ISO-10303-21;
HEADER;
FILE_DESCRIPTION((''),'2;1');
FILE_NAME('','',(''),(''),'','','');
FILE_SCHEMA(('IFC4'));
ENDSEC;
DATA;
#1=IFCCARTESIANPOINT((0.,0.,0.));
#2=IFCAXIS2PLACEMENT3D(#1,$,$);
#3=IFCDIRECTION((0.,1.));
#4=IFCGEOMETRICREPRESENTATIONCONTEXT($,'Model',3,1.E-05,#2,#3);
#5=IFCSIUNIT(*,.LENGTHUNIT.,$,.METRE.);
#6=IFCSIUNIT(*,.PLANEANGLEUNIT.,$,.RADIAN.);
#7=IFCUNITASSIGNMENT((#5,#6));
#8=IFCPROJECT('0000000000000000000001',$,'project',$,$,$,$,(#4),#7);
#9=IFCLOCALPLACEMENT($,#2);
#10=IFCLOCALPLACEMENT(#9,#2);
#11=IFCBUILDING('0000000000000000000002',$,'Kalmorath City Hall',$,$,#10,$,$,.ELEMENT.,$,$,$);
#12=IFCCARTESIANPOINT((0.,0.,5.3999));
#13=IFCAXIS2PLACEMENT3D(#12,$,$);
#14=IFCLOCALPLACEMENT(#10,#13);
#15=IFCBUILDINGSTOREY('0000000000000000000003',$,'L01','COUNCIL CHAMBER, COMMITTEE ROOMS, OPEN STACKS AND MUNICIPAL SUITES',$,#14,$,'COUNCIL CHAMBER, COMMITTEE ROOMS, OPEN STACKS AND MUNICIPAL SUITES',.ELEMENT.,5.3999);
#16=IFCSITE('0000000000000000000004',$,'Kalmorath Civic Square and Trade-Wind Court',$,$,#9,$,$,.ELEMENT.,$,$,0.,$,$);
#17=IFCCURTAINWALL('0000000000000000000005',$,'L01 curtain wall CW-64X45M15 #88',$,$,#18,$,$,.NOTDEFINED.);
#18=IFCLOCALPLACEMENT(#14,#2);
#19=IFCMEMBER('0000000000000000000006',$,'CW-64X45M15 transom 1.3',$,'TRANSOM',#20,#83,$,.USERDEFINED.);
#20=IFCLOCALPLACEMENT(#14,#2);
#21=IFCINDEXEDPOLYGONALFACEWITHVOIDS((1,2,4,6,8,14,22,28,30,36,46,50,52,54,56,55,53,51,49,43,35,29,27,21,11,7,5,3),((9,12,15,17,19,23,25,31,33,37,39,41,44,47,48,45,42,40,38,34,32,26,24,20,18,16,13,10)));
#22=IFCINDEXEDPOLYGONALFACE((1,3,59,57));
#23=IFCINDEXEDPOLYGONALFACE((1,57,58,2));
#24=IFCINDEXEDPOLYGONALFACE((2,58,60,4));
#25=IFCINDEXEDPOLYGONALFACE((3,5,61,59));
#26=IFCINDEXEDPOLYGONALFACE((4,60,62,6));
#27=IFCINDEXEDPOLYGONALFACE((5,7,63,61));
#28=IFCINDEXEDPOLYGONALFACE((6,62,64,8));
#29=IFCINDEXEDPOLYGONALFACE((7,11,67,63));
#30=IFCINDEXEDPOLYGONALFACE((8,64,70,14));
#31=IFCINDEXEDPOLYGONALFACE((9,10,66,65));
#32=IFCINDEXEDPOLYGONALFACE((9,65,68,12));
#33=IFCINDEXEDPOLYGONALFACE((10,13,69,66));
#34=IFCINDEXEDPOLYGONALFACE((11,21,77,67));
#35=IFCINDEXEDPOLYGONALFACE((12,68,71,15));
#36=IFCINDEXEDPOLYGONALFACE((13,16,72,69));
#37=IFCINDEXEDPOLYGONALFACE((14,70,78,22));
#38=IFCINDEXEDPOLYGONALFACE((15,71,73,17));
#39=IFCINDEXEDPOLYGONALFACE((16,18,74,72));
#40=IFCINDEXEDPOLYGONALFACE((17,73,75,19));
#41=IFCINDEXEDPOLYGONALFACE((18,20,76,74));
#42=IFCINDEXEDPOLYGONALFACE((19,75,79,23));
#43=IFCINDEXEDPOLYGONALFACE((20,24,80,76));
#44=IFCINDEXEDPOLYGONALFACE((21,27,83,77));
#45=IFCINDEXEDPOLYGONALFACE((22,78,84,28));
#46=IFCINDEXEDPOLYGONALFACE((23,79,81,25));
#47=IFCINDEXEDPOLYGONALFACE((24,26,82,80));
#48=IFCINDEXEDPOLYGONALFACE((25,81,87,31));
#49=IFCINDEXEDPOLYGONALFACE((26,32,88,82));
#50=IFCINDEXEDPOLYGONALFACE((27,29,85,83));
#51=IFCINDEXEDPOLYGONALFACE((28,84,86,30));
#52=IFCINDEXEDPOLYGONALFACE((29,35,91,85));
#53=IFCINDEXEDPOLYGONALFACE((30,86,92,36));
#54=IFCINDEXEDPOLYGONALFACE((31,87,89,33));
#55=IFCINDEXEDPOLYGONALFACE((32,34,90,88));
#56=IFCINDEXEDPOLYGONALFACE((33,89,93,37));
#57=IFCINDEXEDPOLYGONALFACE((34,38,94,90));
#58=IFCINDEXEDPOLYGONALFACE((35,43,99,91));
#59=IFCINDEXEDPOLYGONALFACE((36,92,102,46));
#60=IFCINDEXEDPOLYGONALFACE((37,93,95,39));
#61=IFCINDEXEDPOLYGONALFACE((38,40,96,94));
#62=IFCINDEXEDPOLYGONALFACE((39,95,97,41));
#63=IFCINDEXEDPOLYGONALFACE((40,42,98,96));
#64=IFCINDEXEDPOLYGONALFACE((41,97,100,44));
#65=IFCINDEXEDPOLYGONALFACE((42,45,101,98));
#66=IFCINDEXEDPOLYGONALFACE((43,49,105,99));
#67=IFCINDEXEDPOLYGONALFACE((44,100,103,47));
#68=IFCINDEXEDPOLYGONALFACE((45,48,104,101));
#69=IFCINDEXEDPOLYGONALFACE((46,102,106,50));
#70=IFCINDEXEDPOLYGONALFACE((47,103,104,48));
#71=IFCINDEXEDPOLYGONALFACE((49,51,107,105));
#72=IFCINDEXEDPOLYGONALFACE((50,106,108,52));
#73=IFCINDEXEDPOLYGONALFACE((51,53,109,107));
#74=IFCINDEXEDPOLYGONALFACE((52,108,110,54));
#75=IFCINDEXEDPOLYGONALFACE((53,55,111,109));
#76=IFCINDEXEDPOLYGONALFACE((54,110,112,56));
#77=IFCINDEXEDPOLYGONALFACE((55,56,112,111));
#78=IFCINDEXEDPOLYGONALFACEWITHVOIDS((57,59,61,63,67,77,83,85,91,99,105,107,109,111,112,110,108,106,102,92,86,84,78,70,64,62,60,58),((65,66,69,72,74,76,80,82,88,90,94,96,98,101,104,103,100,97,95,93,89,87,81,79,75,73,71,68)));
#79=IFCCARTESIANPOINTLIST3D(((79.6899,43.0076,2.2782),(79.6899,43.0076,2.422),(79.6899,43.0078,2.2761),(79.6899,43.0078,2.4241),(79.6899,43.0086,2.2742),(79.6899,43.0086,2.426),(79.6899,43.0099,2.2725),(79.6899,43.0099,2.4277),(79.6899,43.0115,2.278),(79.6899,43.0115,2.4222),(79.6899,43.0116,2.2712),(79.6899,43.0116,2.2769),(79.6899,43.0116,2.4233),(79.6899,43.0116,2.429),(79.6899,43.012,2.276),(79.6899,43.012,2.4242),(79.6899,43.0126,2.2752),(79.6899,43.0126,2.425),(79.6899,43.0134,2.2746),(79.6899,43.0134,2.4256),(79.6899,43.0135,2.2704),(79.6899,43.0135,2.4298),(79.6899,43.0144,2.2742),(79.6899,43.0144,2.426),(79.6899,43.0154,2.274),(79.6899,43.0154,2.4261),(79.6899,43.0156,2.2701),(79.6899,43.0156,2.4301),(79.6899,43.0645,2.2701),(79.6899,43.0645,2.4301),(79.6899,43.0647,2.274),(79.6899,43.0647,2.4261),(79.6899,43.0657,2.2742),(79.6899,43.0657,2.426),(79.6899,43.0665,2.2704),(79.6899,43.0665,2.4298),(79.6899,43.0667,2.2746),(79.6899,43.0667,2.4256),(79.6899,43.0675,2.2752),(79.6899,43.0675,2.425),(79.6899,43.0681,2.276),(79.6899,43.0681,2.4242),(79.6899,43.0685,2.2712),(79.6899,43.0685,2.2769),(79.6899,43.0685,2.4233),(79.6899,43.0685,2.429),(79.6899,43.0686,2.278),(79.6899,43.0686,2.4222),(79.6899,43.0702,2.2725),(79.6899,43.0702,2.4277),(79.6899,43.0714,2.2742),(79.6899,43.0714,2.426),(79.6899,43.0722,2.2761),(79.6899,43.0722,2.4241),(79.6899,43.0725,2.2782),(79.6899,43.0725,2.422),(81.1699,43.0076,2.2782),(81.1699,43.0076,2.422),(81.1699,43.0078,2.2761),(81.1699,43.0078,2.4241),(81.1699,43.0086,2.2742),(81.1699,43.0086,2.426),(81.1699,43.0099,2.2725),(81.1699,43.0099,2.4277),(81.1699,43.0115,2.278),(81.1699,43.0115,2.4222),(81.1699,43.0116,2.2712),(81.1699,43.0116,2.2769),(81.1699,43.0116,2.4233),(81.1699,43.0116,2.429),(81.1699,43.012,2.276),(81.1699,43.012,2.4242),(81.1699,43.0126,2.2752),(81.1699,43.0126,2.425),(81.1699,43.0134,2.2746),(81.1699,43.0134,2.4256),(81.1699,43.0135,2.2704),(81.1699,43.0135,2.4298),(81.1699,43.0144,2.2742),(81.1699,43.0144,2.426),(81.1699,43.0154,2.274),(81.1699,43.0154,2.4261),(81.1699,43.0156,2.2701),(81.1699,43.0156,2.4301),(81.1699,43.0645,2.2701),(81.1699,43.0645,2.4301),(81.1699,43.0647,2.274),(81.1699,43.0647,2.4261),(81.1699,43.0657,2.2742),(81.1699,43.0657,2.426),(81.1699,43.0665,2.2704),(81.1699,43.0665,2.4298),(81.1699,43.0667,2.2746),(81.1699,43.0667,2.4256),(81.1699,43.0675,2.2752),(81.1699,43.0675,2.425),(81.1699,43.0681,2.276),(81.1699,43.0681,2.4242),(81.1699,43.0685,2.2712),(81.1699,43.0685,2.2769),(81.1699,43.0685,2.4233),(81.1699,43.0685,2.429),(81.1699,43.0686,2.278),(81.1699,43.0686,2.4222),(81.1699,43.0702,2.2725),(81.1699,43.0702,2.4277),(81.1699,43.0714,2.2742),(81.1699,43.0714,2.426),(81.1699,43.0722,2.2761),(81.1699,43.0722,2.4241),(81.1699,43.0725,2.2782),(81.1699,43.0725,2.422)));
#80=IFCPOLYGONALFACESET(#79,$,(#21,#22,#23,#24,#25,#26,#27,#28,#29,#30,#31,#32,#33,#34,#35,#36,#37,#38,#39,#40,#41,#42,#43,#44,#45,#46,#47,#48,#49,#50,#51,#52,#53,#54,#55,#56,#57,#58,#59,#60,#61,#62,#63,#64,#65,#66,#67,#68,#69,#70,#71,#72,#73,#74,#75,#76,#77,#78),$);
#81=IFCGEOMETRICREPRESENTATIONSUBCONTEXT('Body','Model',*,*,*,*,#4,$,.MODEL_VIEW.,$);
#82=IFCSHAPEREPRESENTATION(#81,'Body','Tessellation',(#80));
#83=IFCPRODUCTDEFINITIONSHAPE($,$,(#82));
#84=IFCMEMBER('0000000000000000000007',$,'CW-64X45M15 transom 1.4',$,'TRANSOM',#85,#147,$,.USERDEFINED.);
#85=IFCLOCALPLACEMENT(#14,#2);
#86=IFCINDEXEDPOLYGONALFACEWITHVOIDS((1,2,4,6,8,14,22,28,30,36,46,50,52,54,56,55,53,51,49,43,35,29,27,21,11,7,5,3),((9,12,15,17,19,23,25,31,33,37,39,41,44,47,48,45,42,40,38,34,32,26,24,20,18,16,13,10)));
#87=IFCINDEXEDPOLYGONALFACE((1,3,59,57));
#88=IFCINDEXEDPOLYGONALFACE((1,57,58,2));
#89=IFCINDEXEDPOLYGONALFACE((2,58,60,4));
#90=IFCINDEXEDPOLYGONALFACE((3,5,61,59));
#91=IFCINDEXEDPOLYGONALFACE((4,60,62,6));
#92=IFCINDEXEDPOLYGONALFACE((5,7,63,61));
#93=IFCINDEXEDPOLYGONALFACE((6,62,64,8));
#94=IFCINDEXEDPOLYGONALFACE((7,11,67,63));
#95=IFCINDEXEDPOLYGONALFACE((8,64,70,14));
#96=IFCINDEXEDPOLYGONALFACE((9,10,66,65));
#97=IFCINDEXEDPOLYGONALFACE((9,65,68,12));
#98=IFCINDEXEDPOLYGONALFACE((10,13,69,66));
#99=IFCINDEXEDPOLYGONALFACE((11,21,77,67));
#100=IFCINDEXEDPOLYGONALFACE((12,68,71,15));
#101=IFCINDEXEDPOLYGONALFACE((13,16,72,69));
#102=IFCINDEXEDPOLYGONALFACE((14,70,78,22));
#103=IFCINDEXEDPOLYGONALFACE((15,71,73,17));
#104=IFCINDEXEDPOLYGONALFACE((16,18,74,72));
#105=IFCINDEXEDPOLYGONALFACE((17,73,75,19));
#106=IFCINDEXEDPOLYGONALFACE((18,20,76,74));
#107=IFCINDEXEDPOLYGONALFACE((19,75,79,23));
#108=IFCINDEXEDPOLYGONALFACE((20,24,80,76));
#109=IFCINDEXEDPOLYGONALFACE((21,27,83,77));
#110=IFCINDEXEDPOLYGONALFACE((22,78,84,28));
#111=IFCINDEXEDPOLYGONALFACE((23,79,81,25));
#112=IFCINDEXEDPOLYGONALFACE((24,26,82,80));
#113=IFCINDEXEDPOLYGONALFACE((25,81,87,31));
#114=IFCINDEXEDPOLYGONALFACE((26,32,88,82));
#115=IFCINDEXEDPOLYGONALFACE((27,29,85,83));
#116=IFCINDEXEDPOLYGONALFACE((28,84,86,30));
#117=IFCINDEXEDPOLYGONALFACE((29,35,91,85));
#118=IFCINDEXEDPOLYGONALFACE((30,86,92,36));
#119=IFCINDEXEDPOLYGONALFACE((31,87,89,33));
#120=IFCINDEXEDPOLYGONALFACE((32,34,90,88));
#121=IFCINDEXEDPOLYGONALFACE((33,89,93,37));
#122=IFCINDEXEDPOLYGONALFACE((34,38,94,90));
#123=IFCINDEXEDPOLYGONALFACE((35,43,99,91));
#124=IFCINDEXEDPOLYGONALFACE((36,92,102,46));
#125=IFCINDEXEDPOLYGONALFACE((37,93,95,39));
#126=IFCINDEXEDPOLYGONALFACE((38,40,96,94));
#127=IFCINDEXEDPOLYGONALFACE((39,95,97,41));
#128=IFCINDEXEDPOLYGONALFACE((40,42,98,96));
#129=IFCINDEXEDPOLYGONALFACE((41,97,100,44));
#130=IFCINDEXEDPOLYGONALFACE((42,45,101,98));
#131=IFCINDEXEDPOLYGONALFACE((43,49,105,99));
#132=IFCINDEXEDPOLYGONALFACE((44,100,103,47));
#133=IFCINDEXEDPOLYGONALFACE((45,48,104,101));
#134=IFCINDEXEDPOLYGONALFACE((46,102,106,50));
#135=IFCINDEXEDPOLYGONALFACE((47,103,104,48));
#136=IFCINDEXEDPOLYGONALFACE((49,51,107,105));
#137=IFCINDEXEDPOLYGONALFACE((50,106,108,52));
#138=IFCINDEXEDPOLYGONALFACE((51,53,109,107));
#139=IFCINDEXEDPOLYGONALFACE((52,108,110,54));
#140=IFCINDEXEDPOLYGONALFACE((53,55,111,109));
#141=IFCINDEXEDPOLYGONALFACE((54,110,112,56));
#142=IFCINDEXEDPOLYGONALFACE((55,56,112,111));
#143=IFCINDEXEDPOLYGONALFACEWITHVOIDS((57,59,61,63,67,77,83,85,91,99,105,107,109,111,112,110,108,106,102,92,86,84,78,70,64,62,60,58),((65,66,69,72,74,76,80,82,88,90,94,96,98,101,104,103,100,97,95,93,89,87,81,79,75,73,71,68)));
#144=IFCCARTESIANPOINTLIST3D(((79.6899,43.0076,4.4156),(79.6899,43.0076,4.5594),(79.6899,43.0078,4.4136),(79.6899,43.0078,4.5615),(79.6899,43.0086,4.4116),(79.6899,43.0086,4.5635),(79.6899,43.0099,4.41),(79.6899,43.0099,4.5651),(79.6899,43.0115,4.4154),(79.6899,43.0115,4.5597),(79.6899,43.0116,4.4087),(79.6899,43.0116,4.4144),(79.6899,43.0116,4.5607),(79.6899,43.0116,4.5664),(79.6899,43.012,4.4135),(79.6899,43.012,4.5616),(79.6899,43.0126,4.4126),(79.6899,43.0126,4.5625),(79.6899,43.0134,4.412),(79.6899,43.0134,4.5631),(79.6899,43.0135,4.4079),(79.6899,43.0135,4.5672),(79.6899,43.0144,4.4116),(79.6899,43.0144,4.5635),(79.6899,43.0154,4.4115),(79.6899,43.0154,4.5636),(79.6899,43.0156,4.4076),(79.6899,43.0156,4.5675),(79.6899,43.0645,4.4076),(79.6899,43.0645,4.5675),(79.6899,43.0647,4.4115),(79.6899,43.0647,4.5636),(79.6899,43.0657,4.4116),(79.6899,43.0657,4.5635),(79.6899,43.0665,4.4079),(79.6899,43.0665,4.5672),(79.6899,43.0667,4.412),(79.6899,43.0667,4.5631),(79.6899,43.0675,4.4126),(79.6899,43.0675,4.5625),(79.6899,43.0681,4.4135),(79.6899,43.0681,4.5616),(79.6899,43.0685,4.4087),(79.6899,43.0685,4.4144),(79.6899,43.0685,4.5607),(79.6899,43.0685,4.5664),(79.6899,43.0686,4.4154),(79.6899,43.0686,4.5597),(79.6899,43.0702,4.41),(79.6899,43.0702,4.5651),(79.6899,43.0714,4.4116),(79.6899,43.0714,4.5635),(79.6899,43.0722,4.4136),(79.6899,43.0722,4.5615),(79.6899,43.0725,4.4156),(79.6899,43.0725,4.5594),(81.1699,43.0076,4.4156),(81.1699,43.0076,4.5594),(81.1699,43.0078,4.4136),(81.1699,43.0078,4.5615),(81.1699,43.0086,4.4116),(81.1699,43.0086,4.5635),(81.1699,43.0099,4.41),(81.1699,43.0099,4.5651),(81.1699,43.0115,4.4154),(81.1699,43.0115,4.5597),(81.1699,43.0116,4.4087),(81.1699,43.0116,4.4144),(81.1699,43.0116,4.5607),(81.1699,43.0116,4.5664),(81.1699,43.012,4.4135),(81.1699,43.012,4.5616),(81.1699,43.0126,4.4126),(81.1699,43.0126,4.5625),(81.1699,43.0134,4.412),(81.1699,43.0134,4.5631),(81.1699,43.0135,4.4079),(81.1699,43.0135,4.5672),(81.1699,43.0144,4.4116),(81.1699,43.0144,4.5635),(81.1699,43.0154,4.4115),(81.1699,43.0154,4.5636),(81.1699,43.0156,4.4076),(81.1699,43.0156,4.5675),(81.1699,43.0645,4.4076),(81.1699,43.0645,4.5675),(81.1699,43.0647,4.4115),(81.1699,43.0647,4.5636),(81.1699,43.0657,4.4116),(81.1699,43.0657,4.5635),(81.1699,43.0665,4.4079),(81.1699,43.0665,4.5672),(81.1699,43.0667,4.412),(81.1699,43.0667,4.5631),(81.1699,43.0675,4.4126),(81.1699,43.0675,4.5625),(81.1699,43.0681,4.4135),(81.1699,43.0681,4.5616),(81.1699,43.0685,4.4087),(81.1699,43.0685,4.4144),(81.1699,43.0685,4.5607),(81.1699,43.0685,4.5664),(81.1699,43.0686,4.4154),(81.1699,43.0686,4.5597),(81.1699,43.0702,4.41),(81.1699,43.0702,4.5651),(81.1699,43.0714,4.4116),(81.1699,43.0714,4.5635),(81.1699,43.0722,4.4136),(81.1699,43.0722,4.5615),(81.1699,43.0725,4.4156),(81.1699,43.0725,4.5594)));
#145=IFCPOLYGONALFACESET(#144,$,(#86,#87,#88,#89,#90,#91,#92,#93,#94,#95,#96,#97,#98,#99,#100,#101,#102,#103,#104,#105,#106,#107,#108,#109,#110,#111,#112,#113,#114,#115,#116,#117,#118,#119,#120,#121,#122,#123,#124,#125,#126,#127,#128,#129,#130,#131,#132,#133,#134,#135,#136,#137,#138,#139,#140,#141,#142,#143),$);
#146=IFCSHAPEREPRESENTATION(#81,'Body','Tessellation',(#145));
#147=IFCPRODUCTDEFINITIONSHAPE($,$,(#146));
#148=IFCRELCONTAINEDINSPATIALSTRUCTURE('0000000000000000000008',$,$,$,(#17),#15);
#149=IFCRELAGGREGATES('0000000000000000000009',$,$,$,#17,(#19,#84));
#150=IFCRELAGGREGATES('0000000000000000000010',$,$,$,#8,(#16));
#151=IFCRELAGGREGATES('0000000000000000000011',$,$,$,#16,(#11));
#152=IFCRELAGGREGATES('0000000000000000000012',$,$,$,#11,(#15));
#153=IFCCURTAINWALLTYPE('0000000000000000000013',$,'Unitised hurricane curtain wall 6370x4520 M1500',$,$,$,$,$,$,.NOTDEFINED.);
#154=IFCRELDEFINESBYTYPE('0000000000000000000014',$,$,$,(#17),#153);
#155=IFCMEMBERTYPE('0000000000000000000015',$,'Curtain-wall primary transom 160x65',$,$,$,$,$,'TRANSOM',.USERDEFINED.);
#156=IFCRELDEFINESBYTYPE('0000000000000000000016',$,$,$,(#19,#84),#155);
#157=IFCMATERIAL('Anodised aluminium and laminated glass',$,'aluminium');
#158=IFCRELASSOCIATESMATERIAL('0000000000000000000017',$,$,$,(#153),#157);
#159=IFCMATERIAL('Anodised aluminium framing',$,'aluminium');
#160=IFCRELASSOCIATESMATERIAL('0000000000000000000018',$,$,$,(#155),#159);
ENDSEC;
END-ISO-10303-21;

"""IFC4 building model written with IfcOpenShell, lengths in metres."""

from ifc_helpers import new_model, si_unit, direction, frame, origin, origin_2d, place, context, subcontext, project, spatial, hollow_rectangle, extrude, material, material_profile, profile_set, type_object, element, aggregate, save


model = new_model("IFC4")

# Units and contexts
model_context = context("Model", 3, precision=1e-05, world=origin(), true_north=direction((0.0, 1.0)))
body_context = subcontext(model_context, "Body", "Model", "MODEL_VIEW")
ifc_project = project(units=[si_unit("LENGTHUNIT", "METRE"), si_unit("PLANEANGLEUNIT", "RADIAN")], contexts=[model_context])

# Site, building, storey
site_placement = place(None, origin())
site = spatial("IfcSite", under=ifc_project, at=site_placement, Name="Kalmorath Civic Square and Trade-Wind Court", CompositionType="ELEMENT", RefElevation=0.0)
building_placement = place(site_placement, origin())
building = spatial("IfcBuilding", under=site, at=building_placement, Name="Kalmorath City Hall", CompositionType="ELEMENT")
storey_placement = place(building_placement, frame((0.0, 0.0, 5.3999)))
storey = spatial("IfcBuildingStorey", under=building, at=storey_placement, Name="L01", Description="COUNCIL CHAMBER, COMMITTEE ROOMS, OPEN STACKS AND MUNICIPAL SUITES", LongName="COUNCIL CHAMBER, COMMITTEE ROOMS, OPEN STACKS AND MUNICIPAL SUITES", CompositionType="ELEMENT", Elevation=5.3999)

# Curtain wall, members
ifc_material_1 = material(Name="Anodised aluminium and laminated glass", Category="aluminium")
curtain_wall_type = type_object("IfcCurtainWallType", Name="Unitised hurricane curtain wall 6370x4520 M1500", PredefinedType="NOTDEFINED", material=ifc_material_1)
curtain_wall_placement = place(storey_placement, origin())
curtain_wall = element("IfcCurtainWall", 1, at=curtain_wall_placement, inside=storey, type_object=curtain_wall_type, Name="L01 curtain wall CW-64X45M15 #88", PredefinedType="NOTDEFINED")
ifc_material_2 = material(Name="Anodised aluminium framing", Category="aluminium")
ifc_material_profile_1 = material_profile(ifc_material_2, hollow_rectangle(XDim=0.0649, YDim=0.1599, WallThickness=0.0039, InnerFilletRadius=0.0039, OuterFilletRadius=0.0081, at=origin_2d()), Name="ALU-TRN-160X65X4")
ifc_profile_set_1 = profile_set([ifc_material_profile_1], Name="Anodised aluminium framing")
member_type_1 = type_object("IfcMemberType", Name="Curtain-wall primary transom 160x65", ElementType="TRANSOM", PredefinedType="USERDEFINED", material=ifc_profile_set_1)
member_1_placement = place(storey_placement, frame((79.6899, 43.04, 2.3501), z_axis=(1.0, 0.0, 0.0), x_axis=(0.0, 1.0, 0.0)))
member_1 = element("IfcMember", 2, at=member_1_placement, type_object=member_type_1, Name="CW-64X45M15 transom 1.3", ObjectType="TRANSOM", PredefinedType="USERDEFINED", context=body_context, shape_type="SweptSolid", body=[
    extrude(hollow_rectangle(XDim=0.0649, YDim=0.1599, WallThickness=0.0039, InnerFilletRadius=0.0039, OuterFilletRadius=0.0081, at=origin_2d()), origin(), (0.0, 0.0, 1.0), 1.48),
])
member_2_placement = place(storey_placement, frame((79.6899, 43.04, 4.4875), z_axis=(1.0, 0.0, 0.0), x_axis=(0.0, 1.0, 0.0)))
member_2 = element("IfcMember", 3, at=member_2_placement, type_object=member_type_1, Name="CW-64X45M15 transom 1.4", ObjectType="TRANSOM", PredefinedType="USERDEFINED", context=body_context, shape_type="SweptSolid", body=[
    extrude(hollow_rectangle(XDim=0.0649, YDim=0.1599, WallThickness=0.0039, InnerFilletRadius=0.0039, OuterFilletRadius=0.0081, at=origin_2d()), origin(), (0.0, 0.0, 1.0), 1.48),
])

aggregate(curtain_wall, [member_1, member_2])

save(model, "model.ifc")
